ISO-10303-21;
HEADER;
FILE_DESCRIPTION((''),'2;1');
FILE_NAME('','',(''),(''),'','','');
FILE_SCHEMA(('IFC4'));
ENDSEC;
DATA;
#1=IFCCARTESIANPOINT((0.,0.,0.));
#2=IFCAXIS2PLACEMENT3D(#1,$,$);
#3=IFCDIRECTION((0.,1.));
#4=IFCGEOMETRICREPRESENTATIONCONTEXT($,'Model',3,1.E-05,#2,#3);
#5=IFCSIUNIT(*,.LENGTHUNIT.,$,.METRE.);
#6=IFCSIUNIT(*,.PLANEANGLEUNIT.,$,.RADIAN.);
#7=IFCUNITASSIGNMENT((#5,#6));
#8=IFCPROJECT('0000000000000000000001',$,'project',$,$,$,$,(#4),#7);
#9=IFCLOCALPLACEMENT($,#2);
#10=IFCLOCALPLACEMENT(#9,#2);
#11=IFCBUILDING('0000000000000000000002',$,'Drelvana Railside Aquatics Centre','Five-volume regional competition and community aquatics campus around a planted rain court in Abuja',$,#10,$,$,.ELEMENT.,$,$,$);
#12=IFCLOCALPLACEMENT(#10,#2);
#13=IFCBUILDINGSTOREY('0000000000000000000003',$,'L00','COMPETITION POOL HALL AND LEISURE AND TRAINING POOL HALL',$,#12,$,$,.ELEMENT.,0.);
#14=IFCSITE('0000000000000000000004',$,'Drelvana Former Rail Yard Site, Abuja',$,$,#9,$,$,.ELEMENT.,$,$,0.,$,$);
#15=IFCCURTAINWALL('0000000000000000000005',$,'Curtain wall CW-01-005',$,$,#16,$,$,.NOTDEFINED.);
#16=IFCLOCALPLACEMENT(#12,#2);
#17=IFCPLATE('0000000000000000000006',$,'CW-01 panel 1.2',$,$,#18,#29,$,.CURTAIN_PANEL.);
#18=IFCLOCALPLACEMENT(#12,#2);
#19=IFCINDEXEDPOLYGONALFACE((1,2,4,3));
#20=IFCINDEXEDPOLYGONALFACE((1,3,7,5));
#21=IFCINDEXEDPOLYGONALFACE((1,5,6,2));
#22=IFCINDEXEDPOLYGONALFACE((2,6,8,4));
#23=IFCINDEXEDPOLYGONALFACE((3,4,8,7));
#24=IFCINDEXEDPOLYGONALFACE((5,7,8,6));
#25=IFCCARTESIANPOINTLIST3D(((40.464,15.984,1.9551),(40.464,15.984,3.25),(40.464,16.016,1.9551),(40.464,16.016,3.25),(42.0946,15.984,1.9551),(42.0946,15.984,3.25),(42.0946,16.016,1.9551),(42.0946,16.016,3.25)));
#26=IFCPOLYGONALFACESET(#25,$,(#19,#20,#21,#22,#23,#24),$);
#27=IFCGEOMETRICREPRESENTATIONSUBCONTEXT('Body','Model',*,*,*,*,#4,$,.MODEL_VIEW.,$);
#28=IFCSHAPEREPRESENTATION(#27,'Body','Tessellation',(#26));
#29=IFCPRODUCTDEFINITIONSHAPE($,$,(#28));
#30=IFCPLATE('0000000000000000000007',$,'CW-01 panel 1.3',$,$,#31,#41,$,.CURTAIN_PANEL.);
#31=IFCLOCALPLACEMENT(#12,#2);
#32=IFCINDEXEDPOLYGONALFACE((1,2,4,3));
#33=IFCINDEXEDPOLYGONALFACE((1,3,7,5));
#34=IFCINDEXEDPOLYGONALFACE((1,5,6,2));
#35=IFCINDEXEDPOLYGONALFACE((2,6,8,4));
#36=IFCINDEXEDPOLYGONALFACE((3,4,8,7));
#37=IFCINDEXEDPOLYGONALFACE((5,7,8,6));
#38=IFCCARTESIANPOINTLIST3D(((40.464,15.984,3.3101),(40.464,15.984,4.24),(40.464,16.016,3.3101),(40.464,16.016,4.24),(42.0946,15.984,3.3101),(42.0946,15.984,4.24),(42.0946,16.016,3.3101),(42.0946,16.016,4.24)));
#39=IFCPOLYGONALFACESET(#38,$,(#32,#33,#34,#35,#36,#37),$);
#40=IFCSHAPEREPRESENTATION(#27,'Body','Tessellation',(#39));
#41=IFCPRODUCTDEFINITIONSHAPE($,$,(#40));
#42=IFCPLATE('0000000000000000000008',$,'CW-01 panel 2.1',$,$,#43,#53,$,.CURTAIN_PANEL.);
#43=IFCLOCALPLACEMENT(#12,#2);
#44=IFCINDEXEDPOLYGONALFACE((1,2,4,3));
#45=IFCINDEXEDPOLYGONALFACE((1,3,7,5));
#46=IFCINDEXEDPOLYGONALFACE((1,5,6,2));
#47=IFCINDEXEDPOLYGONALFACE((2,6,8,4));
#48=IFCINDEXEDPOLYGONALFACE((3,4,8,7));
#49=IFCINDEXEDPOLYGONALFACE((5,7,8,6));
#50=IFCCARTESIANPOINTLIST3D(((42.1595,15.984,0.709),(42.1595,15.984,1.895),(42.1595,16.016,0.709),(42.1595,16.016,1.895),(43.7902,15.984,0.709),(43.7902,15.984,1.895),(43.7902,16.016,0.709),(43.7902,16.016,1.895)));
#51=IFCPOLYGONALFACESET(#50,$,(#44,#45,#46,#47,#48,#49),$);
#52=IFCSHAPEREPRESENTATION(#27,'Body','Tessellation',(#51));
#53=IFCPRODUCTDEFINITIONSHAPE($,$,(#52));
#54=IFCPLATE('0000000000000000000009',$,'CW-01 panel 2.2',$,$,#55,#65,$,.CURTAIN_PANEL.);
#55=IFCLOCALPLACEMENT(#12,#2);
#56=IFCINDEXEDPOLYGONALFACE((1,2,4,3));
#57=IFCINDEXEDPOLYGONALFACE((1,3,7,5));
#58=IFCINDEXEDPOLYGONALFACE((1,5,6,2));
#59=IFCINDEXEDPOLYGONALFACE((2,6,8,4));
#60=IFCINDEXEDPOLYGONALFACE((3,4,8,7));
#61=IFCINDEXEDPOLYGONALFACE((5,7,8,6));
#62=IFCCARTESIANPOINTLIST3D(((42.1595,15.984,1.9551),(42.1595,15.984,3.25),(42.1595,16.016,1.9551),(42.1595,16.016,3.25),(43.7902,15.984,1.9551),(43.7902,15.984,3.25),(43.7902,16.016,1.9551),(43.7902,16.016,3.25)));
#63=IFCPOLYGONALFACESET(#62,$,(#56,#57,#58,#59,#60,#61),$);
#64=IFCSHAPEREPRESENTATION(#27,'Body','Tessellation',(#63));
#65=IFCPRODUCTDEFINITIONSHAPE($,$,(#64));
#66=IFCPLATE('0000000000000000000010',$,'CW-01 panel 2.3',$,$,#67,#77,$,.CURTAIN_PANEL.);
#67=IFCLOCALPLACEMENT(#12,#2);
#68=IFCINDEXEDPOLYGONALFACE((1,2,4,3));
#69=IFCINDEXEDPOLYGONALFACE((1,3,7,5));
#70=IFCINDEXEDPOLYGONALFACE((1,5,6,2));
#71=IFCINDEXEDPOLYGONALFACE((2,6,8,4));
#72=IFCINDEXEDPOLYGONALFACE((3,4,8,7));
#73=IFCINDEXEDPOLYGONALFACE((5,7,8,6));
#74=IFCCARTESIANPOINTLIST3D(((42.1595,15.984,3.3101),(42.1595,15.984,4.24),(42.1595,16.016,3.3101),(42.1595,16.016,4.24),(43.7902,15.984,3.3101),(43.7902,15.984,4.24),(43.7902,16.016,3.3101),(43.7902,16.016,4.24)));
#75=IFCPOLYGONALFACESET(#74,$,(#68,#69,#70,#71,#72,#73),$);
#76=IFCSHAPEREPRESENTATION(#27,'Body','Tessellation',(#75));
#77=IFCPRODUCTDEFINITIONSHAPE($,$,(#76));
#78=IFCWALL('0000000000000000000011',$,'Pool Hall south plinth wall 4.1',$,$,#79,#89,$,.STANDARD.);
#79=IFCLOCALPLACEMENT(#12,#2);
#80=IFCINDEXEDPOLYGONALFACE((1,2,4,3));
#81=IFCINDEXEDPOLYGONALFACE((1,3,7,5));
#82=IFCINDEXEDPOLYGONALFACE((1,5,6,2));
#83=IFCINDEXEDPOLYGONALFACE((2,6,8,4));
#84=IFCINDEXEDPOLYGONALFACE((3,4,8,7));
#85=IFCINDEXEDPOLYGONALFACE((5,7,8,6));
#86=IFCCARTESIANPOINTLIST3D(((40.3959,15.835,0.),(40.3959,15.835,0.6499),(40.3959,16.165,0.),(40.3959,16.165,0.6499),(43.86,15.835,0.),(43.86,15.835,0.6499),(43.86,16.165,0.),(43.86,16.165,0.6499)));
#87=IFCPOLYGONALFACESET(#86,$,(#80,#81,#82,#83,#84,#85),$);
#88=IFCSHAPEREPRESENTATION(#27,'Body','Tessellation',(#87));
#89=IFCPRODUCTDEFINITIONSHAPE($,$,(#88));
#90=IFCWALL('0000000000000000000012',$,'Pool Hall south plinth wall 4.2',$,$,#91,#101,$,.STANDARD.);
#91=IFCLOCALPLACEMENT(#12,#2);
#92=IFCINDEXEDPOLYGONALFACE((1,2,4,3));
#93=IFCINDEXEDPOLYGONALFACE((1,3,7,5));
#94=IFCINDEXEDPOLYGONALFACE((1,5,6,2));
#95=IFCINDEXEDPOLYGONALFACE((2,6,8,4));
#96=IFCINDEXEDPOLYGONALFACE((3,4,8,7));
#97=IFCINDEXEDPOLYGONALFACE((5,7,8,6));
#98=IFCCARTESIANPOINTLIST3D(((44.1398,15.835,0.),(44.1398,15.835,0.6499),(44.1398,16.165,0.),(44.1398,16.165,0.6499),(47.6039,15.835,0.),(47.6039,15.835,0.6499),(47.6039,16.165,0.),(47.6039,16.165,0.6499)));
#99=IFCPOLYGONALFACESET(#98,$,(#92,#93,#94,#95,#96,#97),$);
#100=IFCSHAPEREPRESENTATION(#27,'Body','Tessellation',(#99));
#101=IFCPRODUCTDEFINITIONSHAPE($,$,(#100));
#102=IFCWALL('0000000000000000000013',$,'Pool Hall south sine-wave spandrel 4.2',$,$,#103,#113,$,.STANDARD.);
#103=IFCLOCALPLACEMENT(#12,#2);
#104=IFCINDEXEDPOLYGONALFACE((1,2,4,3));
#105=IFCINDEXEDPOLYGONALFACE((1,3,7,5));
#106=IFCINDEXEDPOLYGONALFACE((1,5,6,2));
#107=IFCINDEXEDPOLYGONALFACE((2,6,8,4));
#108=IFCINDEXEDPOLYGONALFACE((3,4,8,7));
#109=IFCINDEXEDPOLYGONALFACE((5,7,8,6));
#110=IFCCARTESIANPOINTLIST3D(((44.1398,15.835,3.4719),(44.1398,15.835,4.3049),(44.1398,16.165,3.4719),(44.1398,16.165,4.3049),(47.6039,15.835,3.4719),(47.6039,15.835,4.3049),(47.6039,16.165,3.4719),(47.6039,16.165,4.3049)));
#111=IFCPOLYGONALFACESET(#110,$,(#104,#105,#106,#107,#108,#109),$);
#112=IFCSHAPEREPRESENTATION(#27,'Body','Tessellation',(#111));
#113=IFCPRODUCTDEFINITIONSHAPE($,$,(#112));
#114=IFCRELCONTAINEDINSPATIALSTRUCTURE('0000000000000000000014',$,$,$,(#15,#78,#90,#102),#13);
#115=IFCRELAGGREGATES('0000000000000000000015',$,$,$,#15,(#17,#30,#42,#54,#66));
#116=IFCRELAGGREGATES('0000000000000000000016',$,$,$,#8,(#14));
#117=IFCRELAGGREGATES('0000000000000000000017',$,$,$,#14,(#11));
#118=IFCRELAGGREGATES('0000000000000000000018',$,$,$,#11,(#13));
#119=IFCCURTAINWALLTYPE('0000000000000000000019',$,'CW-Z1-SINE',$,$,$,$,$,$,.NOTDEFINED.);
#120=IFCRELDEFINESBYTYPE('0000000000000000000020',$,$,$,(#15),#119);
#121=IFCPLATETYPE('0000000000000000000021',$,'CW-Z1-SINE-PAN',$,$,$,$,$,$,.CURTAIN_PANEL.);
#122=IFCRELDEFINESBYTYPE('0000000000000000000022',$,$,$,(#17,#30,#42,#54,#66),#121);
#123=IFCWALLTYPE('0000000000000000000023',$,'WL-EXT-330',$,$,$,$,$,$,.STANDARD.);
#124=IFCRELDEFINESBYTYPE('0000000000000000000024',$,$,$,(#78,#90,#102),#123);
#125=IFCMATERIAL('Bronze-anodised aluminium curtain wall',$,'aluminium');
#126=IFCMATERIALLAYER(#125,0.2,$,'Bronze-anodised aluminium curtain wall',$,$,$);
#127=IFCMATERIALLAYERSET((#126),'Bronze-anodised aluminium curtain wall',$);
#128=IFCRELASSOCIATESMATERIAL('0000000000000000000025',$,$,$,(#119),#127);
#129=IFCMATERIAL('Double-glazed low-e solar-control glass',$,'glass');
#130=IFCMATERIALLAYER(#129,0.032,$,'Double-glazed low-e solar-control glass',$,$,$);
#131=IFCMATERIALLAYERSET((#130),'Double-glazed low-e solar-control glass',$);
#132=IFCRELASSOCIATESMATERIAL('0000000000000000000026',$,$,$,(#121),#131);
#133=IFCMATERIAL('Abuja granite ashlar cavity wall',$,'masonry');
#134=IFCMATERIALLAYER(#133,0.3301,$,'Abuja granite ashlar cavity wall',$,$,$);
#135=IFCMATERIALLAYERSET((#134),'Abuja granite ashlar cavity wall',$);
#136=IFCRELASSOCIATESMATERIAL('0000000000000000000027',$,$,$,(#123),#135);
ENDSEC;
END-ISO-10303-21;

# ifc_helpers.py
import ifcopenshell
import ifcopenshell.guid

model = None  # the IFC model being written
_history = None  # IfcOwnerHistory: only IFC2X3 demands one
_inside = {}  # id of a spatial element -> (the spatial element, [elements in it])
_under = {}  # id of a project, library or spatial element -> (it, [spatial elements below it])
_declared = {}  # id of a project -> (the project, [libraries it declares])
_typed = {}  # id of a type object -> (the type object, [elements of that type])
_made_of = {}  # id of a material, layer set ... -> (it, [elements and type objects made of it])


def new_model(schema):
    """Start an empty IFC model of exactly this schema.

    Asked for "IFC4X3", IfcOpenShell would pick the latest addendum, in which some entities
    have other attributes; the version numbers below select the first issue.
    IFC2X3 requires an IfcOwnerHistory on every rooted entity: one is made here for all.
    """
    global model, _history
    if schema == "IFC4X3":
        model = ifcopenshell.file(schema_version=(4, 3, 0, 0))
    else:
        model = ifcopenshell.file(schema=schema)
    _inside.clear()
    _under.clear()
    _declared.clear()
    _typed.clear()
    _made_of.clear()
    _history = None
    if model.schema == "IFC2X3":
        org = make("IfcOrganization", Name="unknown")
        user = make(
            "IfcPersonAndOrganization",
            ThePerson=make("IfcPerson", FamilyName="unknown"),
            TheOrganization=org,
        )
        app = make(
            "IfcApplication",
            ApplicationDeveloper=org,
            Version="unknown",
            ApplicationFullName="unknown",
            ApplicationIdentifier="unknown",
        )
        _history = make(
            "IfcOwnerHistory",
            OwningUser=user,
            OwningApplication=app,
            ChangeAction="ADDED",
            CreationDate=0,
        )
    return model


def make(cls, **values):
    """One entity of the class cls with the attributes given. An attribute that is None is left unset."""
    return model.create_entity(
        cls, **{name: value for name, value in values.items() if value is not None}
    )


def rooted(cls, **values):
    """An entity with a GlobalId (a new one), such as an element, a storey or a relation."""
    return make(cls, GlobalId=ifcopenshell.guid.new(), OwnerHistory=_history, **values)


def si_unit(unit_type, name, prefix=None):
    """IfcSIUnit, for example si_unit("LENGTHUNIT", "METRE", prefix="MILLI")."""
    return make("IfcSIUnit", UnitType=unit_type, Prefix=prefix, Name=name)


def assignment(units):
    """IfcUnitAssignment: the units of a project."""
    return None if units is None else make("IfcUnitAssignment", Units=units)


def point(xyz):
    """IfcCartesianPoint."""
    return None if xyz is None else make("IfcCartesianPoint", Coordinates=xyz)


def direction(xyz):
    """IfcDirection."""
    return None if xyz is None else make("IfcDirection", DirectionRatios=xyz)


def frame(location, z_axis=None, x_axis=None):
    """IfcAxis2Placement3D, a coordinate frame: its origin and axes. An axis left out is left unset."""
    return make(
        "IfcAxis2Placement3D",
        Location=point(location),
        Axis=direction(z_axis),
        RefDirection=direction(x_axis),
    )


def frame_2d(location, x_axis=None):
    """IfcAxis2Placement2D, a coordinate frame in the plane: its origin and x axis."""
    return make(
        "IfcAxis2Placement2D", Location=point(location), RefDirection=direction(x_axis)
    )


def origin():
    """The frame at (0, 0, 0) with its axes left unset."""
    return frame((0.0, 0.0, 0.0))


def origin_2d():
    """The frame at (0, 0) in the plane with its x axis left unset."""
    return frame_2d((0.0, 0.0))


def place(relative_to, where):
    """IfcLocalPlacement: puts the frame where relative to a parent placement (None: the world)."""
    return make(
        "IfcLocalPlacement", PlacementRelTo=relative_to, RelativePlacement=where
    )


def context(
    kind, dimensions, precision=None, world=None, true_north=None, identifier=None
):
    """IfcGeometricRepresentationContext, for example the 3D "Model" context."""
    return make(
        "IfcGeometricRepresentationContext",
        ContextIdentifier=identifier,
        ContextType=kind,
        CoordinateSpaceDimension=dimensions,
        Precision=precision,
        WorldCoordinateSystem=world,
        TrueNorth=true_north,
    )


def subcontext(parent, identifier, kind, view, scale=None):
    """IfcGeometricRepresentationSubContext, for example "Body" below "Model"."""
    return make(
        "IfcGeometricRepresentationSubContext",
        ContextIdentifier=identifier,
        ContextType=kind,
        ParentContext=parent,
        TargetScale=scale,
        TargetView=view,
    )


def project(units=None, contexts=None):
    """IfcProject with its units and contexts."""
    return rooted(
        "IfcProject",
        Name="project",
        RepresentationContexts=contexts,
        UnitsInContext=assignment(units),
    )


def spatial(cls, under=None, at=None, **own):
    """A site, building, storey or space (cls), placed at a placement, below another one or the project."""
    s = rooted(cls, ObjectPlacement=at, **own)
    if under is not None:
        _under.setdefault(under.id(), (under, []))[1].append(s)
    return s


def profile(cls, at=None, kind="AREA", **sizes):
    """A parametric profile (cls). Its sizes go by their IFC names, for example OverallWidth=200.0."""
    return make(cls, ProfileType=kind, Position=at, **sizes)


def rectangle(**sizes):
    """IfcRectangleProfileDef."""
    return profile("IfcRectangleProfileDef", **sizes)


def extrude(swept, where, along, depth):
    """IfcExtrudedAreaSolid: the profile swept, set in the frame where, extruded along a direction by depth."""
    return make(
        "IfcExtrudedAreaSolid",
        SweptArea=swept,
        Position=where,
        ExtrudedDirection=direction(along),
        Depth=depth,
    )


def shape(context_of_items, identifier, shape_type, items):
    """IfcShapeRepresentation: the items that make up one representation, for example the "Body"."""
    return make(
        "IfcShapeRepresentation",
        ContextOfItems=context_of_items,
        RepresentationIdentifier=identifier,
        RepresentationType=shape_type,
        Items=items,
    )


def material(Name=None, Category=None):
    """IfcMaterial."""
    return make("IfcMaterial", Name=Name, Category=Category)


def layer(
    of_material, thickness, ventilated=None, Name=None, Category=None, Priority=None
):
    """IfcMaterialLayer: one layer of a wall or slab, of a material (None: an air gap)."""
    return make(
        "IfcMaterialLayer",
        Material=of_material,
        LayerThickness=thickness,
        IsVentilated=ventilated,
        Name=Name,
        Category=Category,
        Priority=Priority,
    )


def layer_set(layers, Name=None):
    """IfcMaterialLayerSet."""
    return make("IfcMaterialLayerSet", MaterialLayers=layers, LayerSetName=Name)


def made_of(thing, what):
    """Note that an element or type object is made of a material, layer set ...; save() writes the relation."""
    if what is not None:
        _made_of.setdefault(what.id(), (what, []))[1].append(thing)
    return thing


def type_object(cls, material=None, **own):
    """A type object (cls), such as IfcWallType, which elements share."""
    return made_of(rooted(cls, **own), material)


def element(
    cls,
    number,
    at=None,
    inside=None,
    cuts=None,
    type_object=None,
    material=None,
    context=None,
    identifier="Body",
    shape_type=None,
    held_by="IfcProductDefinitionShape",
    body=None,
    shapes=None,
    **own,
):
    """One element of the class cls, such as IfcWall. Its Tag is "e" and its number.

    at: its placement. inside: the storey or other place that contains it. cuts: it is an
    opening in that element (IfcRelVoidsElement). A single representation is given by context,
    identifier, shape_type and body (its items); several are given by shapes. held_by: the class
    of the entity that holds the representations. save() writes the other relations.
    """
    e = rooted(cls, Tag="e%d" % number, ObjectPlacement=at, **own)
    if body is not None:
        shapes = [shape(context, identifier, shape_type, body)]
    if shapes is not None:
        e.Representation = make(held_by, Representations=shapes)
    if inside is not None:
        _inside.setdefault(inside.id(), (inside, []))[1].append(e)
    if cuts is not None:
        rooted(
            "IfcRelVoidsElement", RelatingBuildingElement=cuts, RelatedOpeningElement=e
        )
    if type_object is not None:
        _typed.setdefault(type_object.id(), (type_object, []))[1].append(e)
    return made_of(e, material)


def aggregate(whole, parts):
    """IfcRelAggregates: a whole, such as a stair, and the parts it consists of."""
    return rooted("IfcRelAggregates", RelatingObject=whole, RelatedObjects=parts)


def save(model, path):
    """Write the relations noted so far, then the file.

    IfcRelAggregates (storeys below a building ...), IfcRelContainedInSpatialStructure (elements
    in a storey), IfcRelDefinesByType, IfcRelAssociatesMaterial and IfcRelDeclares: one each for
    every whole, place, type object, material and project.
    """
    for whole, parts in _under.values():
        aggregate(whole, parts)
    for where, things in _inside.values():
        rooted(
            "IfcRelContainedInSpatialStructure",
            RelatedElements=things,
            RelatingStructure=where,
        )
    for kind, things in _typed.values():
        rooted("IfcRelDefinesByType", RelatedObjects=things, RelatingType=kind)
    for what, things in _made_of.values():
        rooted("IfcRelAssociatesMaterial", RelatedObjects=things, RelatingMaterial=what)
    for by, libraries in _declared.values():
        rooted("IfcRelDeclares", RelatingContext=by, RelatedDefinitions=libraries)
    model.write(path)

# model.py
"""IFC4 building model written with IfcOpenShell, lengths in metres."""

from ifc_helpers import new_model, si_unit, direction, frame, frame_2d, origin, origin_2d, place, context, subcontext, project, spatial, rectangle, extrude, material, layer, layer_set, type_object, element, aggregate, save


model = new_model("IFC4")

# Units and contexts
model_context = context("Model", 3, precision=1e-05, world=origin(), true_north=direction((0.0, 1.0)))
body_context = subcontext(model_context, "Body", "Model", "MODEL_VIEW")
ifc_project = project(units=[si_unit("LENGTHUNIT", "METRE"), si_unit("PLANEANGLEUNIT", "RADIAN")], contexts=[model_context])

# Site, building, storey
site_placement = place(None, origin())
site = spatial("IfcSite", under=ifc_project, at=site_placement, Name="Drelvana Former Rail Yard Site, Abuja", CompositionType="ELEMENT", RefElevation=0.0)
building_placement = place(site_placement, origin())
building = spatial("IfcBuilding", under=site, at=building_placement, Name="Drelvana Railside Aquatics Centre", Description="Five-volume regional competition and community aquatics campus around a planted rain court in Abuja", CompositionType="ELEMENT")
storey_placement = place(building_placement, origin())
storey = spatial("IfcBuildingStorey", under=building, at=storey_placement, Name="L00", Description="COMPETITION POOL HALL AND LEISURE AND TRAINING POOL HALL", CompositionType="ELEMENT", Elevation=0.0)

# Shared definitions
ifc_material_1 = material(Name="Bronze-anodised aluminium curtain wall", Category="aluminium")
ifc_layer_1 = layer(ifc_material_1, 0.2, Name="Bronze-anodised aluminium curtain wall")
ifc_layer_set_1 = layer_set([ifc_layer_1], Name="Bronze-anodised aluminium curtain wall")
curtain_wall_type = type_object("IfcCurtainWallType", Name="CW-Z1-SINE", PredefinedType="NOTDEFINED", material=ifc_layer_set_1)

# Curtain wall
curtain_wall_1_placement = place(storey_placement, origin())
curtain_wall_1 = element("IfcCurtainWall", 1, at=curtain_wall_1_placement, inside=storey, type_object=curtain_wall_type, Name="Curtain wall CW-01-005", PredefinedType="NOTDEFINED")

# Plates
ifc_material_2 = material(Name="Double-glazed low-e solar-control glass", Category="glass")
ifc_layer_2 = layer(ifc_material_2, 0.032, Name="Double-glazed low-e solar-control glass")
ifc_layer_set_2 = layer_set([ifc_layer_2], Name="Double-glazed low-e solar-control glass")
plate_type = type_object("IfcPlateType", Name="CW-Z1-SINE-PAN", PredefinedType="CURTAIN_PANEL", material=ifc_layer_set_2)
plate_1_placement = place(storey_placement, frame((41.2793, 16.0, 1.9551), z_axis=(0.0, 0.0, 1.0), x_axis=(1.0, 0.0, 0.0)))
plate_1 = element("IfcPlate", 2, at=plate_1_placement, type_object=plate_type, Name="CW-01 panel 1.2", PredefinedType="CURTAIN_PANEL", context=body_context, shape_type="SweptSolid", body=[
    extrude(rectangle(XDim=1.6306, YDim=0.032, at=origin_2d()), origin(), (0.0, 0.0, 1.0), 1.2949),
])
plate_2_placement = place(storey_placement, frame((41.2793, 16.0, 3.3101), z_axis=(0.0, 0.0, 1.0), x_axis=(1.0, 0.0, 0.0)))
plate_2 = element("IfcPlate", 3, at=plate_2_placement, type_object=plate_type, Name="CW-01 panel 1.3", PredefinedType="CURTAIN_PANEL", context=body_context, shape_type="SweptSolid", body=[
    extrude(rectangle(XDim=1.6306, YDim=0.032, at=origin_2d()), origin(), (0.0, 0.0, 1.0), 0.9299),
])
plate_3_placement = place(storey_placement, frame((42.9749, 16.0, 0.709), z_axis=(0.0, 0.0, 1.0), x_axis=(1.0, 0.0, 0.0)))
plate_3 = element("IfcPlate", 4, at=plate_3_placement, type_object=plate_type, Name="CW-01 panel 2.1", PredefinedType="CURTAIN_PANEL", context=body_context, shape_type="SweptSolid", body=[
    extrude(rectangle(XDim=1.6306, YDim=0.032, at=origin_2d()), origin(), (0.0, 0.0, 1.0), 1.186),
])
plate_4_placement = place(storey_placement, frame((42.9749, 16.0, 1.9551), z_axis=(0.0, 0.0, 1.0), x_axis=(1.0, 0.0, 0.0)))
plate_4 = element("IfcPlate", 5, at=plate_4_placement, type_object=plate_type, Name="CW-01 panel 2.2", PredefinedType="CURTAIN_PANEL", context=body_context, shape_type="SweptSolid", body=[
    extrude(rectangle(XDim=1.6306, YDim=0.032, at=origin_2d()), origin(), (0.0, 0.0, 1.0), 1.2949),
])
plate_5_placement = place(storey_placement, frame((42.9749, 16.0, 3.3101), z_axis=(0.0, 0.0, 1.0), x_axis=(1.0, 0.0, 0.0)))
plate_5 = element("IfcPlate", 6, at=plate_5_placement, type_object=plate_type, Name="CW-01 panel 2.3", PredefinedType="CURTAIN_PANEL", context=body_context, shape_type="SweptSolid", body=[
    extrude(rectangle(XDim=1.6306, YDim=0.032, at=origin_2d()), origin(), (0.0, 0.0, 1.0), 0.9299),
])
aggregate(curtain_wall_1, [plate_1, plate_2, plate_3, plate_4, plate_5])

# Walls
ifc_material_3 = material(Name="Abuja granite ashlar cavity wall", Category="masonry")
ifc_layer_3 = layer(ifc_material_3, 0.3301, Name="Abuja granite ashlar cavity wall")
ifc_layer_set_3 = layer_set([ifc_layer_3], Name="Abuja granite ashlar cavity wall")
wall_type = type_object("IfcWallType", Name="WL-EXT-330", PredefinedType="STANDARD", material=ifc_layer_set_3)
for number, where, z_axis, x_axis, name in (
    (7, (40.396, 16.0, 0.0), (0.0, 0.0, 1.0), (1.0, 0.0, 0.0), "Pool Hall south plinth wall 4.1"),
    (8, (44.1399, 16.0, 0.0), (0.0, 0.0, 1.0), (1.0, 0.0, 0.0), "Pool Hall south plinth wall 4.2"),
):
    element("IfcWall", number, at=place(storey_placement, frame(where, z_axis=z_axis, x_axis=x_axis)), inside=storey, type_object=wall_type, Name=name, PredefinedType="STANDARD", context=body_context, shape_type="SweptSolid", body=[
        extrude(rectangle(XDim=3.4641, YDim=0.3301, at=frame_2d((1.7319, 0.0))), origin(), (0.0, 0.0, 1.0), 0.6499),
    ])
wall_placement = place(storey_placement, frame((44.1399, 16.0, 3.4719), z_axis=(0.0, 0.0, 1.0), x_axis=(1.0, 0.0, 0.0)))
element("IfcWall", 9, at=wall_placement, inside=storey, type_object=wall_type, Name="Pool Hall south sine-wave spandrel 4.2", PredefinedType="STANDARD", context=body_context, shape_type="SweptSolid", body=[
    extrude(rectangle(XDim=3.4641, YDim=0.3301, at=frame_2d((1.7319, 0.0))), origin(), (0.0, 0.0, 1.0), 0.833),
])

save(model, "model.ifc")
